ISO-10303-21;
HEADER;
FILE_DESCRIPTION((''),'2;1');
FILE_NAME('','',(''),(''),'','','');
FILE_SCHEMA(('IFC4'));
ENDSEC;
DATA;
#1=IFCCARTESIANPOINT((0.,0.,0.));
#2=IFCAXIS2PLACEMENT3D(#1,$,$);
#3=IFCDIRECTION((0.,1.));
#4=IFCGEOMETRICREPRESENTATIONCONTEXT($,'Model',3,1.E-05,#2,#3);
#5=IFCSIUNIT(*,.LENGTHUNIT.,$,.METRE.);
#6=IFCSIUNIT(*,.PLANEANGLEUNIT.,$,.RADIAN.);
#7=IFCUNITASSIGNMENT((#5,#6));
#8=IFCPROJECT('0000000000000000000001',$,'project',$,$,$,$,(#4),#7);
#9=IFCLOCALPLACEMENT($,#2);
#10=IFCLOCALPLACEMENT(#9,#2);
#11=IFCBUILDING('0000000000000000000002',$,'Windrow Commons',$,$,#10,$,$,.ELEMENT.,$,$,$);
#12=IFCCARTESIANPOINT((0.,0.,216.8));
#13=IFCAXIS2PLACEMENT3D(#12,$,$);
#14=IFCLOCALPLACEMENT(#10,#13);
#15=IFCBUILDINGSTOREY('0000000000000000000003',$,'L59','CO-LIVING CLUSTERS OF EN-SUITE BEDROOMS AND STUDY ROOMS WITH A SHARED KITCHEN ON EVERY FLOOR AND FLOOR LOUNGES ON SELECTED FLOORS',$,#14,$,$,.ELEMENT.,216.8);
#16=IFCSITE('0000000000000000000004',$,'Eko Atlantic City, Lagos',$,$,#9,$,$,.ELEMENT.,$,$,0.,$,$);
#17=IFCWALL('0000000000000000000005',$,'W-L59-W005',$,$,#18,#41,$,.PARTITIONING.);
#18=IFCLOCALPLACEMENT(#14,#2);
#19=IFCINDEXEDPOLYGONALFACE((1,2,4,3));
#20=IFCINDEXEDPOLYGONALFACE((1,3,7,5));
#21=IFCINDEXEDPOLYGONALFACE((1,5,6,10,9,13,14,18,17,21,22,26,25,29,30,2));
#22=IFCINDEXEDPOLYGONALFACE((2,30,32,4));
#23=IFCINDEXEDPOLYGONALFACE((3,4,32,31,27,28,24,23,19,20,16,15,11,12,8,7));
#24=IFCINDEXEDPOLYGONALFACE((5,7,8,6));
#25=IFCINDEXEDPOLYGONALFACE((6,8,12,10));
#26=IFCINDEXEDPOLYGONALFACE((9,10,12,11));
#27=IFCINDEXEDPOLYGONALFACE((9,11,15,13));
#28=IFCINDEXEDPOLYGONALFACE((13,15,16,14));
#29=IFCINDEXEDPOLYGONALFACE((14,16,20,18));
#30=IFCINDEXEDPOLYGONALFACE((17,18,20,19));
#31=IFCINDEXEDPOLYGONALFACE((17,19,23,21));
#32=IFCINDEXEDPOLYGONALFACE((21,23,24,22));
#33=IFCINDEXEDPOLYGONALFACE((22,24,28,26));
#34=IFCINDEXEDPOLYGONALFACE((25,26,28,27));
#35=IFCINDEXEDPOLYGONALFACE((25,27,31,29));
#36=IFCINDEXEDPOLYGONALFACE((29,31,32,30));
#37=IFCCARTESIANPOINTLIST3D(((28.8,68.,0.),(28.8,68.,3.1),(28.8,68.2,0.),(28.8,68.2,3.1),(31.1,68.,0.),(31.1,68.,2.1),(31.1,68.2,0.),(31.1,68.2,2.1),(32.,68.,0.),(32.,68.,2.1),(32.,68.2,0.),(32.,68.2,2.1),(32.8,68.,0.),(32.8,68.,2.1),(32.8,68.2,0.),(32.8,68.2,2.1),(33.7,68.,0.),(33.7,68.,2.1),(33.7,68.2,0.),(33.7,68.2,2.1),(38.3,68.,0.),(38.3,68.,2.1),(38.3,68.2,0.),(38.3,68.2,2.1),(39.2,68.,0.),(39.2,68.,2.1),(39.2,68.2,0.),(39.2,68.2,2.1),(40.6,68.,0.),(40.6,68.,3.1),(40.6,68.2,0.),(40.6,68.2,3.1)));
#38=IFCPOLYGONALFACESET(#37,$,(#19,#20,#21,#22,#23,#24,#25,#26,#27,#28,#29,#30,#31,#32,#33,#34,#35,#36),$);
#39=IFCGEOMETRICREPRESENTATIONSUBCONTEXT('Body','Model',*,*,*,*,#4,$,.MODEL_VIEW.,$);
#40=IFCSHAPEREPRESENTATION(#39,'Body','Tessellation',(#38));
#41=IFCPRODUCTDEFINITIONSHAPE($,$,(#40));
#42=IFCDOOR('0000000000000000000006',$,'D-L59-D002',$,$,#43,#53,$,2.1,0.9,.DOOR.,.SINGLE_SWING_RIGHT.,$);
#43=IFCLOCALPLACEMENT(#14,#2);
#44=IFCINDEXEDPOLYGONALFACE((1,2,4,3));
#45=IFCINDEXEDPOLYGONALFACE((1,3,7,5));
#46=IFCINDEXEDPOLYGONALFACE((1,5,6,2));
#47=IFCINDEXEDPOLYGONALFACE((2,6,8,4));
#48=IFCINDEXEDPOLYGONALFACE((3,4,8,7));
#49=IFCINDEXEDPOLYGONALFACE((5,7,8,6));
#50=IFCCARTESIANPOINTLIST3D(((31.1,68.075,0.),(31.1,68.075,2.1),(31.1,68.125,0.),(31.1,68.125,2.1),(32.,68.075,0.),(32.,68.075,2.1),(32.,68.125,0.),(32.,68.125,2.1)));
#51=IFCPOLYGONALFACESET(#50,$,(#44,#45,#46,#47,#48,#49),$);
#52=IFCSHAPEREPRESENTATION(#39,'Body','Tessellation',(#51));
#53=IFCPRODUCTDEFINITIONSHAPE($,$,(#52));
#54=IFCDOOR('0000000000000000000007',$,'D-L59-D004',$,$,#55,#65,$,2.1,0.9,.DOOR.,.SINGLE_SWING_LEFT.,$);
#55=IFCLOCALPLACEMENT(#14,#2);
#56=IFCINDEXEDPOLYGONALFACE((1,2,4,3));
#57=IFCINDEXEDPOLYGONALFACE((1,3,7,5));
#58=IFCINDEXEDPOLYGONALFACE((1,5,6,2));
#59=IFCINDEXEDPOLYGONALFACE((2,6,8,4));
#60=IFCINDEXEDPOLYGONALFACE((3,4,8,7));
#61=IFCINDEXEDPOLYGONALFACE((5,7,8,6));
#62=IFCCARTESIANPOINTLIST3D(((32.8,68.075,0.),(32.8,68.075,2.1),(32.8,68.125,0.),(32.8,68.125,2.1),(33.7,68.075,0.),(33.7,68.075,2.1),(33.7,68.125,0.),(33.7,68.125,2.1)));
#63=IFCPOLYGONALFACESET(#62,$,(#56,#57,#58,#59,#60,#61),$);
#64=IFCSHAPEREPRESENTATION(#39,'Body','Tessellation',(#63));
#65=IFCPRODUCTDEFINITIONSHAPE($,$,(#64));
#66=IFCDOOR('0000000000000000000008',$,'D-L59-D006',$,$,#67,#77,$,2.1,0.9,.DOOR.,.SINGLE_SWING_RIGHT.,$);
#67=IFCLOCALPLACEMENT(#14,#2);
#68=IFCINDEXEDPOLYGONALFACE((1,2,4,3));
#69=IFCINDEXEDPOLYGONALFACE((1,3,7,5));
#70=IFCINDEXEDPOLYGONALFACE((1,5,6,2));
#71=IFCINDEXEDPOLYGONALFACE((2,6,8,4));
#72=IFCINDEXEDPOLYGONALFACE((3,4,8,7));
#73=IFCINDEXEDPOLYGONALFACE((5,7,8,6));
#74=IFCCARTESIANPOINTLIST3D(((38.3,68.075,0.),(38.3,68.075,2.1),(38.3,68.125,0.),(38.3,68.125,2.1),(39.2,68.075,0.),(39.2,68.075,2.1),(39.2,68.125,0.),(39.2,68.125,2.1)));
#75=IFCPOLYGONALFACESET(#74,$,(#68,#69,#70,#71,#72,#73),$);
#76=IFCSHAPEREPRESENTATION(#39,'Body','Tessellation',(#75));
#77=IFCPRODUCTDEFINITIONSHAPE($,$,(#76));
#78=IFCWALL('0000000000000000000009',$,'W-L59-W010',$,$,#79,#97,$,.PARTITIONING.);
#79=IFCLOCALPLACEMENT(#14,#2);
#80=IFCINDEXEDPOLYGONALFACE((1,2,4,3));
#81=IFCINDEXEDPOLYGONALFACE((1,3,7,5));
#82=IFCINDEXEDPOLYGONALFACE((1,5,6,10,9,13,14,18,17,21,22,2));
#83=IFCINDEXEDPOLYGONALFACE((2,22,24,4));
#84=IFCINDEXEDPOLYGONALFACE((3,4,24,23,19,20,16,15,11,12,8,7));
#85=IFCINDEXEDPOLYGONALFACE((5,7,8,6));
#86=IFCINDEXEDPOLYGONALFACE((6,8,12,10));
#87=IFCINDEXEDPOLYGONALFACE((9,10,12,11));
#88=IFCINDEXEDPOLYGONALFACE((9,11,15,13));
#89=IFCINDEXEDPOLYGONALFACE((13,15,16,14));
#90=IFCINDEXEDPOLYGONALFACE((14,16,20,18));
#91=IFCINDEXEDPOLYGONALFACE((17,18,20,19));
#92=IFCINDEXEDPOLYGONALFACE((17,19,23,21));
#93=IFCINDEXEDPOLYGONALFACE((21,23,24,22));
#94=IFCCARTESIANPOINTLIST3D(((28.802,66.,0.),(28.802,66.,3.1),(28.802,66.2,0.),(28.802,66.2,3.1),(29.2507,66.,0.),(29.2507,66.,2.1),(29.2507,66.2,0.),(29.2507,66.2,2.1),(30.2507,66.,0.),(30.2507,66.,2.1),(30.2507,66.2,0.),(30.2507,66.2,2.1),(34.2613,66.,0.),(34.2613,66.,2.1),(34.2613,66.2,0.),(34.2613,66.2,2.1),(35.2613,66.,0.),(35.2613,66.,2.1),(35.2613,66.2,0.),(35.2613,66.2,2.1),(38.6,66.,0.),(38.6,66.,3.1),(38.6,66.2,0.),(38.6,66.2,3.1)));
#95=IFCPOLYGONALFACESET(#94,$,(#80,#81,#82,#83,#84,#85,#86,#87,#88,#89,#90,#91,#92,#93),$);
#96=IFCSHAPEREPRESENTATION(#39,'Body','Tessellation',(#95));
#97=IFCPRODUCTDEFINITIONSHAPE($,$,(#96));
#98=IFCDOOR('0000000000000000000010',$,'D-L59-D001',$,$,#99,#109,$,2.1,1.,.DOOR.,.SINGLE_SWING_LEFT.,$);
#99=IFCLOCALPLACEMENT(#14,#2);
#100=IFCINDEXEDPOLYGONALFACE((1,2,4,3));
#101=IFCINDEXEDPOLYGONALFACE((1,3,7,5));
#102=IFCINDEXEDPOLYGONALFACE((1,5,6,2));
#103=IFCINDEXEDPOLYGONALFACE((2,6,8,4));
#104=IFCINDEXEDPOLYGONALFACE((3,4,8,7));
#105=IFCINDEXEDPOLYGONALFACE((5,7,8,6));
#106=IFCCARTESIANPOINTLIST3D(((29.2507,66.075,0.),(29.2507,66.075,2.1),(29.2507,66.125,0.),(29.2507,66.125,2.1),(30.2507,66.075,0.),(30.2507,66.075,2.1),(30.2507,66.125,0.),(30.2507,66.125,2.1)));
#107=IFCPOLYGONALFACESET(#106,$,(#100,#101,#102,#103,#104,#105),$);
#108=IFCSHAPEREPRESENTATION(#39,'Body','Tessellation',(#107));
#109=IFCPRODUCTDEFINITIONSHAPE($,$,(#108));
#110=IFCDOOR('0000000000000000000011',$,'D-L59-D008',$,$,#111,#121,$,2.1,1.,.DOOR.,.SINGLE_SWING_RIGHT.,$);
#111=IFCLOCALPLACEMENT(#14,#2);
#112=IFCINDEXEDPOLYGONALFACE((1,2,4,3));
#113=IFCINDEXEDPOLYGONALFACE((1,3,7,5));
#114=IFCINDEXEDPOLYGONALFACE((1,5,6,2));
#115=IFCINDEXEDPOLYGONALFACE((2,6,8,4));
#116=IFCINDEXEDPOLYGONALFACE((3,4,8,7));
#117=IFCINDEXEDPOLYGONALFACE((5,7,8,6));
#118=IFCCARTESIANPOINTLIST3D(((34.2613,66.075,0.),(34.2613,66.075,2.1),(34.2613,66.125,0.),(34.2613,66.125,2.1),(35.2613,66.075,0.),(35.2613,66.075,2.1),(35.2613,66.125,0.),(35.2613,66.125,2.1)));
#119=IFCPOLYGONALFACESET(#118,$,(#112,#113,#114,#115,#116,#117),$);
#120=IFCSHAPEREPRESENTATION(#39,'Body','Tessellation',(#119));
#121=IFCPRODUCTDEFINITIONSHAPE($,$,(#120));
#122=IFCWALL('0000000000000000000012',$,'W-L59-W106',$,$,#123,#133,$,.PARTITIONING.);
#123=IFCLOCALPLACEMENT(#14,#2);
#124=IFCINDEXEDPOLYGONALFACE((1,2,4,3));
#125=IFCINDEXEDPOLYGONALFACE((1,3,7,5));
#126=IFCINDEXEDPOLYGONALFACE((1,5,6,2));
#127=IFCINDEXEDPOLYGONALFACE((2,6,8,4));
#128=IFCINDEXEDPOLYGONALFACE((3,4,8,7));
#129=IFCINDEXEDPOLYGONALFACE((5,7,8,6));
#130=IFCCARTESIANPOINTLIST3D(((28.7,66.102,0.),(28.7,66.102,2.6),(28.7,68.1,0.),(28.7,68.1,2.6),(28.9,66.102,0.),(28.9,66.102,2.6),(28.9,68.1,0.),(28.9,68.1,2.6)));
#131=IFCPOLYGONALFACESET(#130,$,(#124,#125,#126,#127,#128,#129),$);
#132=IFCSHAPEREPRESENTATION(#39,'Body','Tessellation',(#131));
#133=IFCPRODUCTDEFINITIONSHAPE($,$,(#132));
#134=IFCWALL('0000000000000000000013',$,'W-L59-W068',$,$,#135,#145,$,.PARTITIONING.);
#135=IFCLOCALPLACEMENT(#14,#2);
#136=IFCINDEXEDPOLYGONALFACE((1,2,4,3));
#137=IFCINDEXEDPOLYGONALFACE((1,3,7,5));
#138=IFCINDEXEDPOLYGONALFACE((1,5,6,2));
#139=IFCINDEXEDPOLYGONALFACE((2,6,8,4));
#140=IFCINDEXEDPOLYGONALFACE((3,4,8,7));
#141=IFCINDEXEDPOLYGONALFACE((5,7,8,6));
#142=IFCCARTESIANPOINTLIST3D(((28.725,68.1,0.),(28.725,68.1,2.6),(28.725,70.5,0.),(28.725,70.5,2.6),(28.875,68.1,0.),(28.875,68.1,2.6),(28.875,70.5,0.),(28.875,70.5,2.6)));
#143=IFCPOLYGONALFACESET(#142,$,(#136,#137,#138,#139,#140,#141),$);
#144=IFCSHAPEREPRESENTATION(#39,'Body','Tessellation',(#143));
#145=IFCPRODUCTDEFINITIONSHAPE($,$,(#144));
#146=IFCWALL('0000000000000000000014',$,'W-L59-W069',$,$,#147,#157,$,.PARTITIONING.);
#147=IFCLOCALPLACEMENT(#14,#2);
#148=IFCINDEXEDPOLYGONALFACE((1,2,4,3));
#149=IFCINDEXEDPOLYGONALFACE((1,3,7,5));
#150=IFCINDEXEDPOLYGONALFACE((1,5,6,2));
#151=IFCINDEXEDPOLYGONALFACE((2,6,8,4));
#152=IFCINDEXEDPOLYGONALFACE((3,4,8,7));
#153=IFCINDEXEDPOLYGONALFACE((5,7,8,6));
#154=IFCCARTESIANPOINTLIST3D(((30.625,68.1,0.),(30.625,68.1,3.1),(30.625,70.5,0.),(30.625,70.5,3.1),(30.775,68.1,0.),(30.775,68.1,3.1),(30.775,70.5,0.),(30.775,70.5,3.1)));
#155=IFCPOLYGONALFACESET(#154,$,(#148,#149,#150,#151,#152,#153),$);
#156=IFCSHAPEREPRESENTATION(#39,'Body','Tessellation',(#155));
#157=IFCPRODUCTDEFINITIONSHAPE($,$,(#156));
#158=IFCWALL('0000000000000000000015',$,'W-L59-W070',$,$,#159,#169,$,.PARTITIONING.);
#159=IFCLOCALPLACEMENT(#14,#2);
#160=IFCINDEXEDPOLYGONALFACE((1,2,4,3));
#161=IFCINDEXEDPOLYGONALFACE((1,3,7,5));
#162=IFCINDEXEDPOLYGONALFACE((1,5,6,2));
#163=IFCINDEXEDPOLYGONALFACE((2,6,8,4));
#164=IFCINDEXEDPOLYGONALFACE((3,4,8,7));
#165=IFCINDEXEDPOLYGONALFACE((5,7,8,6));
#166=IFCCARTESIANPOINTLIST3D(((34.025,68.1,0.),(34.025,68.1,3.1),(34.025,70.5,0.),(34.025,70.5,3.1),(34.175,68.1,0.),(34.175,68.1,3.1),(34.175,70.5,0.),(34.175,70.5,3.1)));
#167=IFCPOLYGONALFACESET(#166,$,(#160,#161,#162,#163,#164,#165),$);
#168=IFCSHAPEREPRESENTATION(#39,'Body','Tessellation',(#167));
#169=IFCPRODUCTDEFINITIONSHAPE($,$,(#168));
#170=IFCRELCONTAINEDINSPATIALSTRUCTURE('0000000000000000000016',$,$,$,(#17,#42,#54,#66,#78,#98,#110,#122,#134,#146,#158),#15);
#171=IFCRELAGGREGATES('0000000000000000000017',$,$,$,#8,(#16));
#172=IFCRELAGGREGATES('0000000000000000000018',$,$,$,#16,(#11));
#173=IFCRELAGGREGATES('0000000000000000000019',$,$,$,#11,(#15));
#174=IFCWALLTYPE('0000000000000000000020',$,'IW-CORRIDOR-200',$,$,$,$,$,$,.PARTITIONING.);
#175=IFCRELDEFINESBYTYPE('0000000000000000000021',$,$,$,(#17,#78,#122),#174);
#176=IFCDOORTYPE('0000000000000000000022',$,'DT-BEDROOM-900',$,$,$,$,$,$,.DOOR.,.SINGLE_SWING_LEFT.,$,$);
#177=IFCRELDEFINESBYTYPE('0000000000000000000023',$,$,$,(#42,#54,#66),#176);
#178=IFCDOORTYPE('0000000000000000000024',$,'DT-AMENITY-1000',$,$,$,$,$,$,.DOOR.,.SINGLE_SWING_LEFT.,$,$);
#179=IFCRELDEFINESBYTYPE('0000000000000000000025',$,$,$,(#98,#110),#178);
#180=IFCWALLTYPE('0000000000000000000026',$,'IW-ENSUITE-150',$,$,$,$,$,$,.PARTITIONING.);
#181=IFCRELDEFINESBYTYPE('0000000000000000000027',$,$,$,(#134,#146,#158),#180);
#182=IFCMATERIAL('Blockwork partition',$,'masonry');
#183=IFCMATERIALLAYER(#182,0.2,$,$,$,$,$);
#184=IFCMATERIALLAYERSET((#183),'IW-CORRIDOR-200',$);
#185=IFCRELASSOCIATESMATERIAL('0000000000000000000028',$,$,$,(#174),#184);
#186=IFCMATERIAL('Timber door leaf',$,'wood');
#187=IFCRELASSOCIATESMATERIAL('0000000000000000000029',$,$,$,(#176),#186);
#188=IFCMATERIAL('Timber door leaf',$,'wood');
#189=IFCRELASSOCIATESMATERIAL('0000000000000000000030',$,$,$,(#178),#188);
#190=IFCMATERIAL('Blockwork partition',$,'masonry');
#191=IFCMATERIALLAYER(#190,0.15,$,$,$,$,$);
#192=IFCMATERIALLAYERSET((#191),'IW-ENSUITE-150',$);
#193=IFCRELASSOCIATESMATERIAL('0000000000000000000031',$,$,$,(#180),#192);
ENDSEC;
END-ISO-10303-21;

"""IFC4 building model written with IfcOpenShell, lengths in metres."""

from ifc_helpers import new_model, si_unit, direction, frame, frame_2d, origin, place, context, subcontext, project, spatial, rectangle, extrude, material, layer, layer_set, type_object, element, fill, save


model = new_model("IFC4")

# Units and contexts
model_context = context("Model", 3, precision=1e-05, world=origin(), true_north=direction((0.0, 1.0)))
body_context = subcontext(model_context, "Body", "Model", "MODEL_VIEW")
ifc_project = project(units=[si_unit("LENGTHUNIT", "METRE"), si_unit("PLANEANGLEUNIT", "RADIAN")], contexts=[model_context])

# Site, building, storey
site_placement = place(None, origin())
site = spatial("IfcSite", under=ifc_project, at=site_placement, Name="Eko Atlantic City, Lagos", CompositionType="ELEMENT", RefElevation=0.0)
building_placement = place(site_placement, origin())
building = spatial("IfcBuilding", under=site, at=building_placement, Name="Windrow Commons", CompositionType="ELEMENT")
storey_placement = place(building_placement, frame((0.0, 0.0, 216.8)))
storey = spatial("IfcBuildingStorey", under=building, at=storey_placement, Name="L59", Description="CO-LIVING CLUSTERS OF EN-SUITE BEDROOMS AND STUDY ROOMS WITH A SHARED KITCHEN ON EVERY FLOOR AND FLOOR LOUNGES ON SELECTED FLOORS", CompositionType="ELEMENT", Elevation=216.8)

# Walls, openings, doors
ifc_material_1 = material(Name="Blockwork partition", Category="masonry")
ifc_layer_1 = layer(ifc_material_1, 0.2)
ifc_layer_set_1 = layer_set([ifc_layer_1], Name="IW-CORRIDOR-200")
wall_type_1 = type_object("IfcWallType", Name="IW-CORRIDOR-200", PredefinedType="PARTITIONING", material=ifc_layer_set_1)
wall_1_placement = place(storey_placement, frame((28.8, 68.1, 0.0), z_axis=(0.0, 0.0, 1.0), x_axis=(1.0, 0.0, 0.0)))
wall_1 = element("IfcWall", 1, at=wall_1_placement, inside=storey, type_object=wall_type_1, Name="W-L59-W005", PredefinedType="PARTITIONING", context=body_context, shape_type="SweptSolid", body=[
    extrude(rectangle(XDim=11.8, YDim=0.2, at=frame_2d((5.9, 0.0))), origin(), (0.0, 0.0, 1.0), 3.1),
])
opening_1_placement = place(wall_1_placement, frame((2.3, 0.0, 0.0)))
opening_1 = element("IfcOpeningElement", 2, at=opening_1_placement, cuts=wall_1, PredefinedType="OPENING", context=body_context, shape_type="SweptSolid", body=[
    extrude(rectangle(XDim=0.9, YDim=2.1, at=frame_2d((0.45, 1.05))), frame((0.0, 0.11, 0.0), z_axis=(0.0, -1.0, 0.0), x_axis=(1.0, 0.0, 0.0)), (0.0, 0.0, 1.0), 0.22),
])
opening_2_placement = place(wall_1_placement, frame((4.0, 0.0, 0.0)))
opening_2 = element("IfcOpeningElement", 3, at=opening_2_placement, cuts=wall_1, PredefinedType="OPENING", context=body_context, shape_type="SweptSolid", body=[
    extrude(rectangle(XDim=0.9, YDim=2.1, at=frame_2d((0.45, 1.05))), frame((0.0, 0.11, 0.0), z_axis=(0.0, -1.0, 0.0), x_axis=(1.0, 0.0, 0.0)), (0.0, 0.0, 1.0), 0.22),
])
opening_3_placement = place(wall_1_placement, frame((9.5, 0.0, 0.0)))
opening_3 = element("IfcOpeningElement", 4, at=opening_3_placement, cuts=wall_1, PredefinedType="OPENING", context=body_context, shape_type="SweptSolid", body=[
    extrude(rectangle(XDim=0.9, YDim=2.1, at=frame_2d((0.45, 1.05))), frame((0.0, 0.11, 0.0), z_axis=(0.0, -1.0, 0.0), x_axis=(1.0, 0.0, 0.0)), (0.0, 0.0, 1.0), 0.22),
])
ifc_material_2 = material(Name="Timber door leaf", Category="wood")
door_type_1 = type_object("IfcDoorType", Name="DT-BEDROOM-900", OperationType="SINGLE_SWING_LEFT", PredefinedType="DOOR", material=ifc_material_2)
door_1_placement = place(opening_1_placement, origin())
door_1 = element("IfcDoor", 5, at=door_1_placement, inside=storey, type_object=door_type_1, Name="D-L59-D002", OperationType="SINGLE_SWING_RIGHT", OverallHeight=2.1, OverallWidth=0.9, PredefinedType="DOOR", context=body_context, shape_type="SweptSolid", body=[
    extrude(rectangle(XDim=0.9, YDim=2.1, at=frame_2d((0.45, 1.05))), frame((0.0, 0.025, 0.0), z_axis=(0.0, -1.0, 0.0), x_axis=(1.0, 0.0, 0.0)), (0.0, 0.0, 1.0), 0.05),
])
fill(opening_1, door_1)
door_2_placement = place(opening_2_placement, origin())
door_2 = element("IfcDoor", 6, at=door_2_placement, inside=storey, type_object=door_type_1, Name="D-L59-D004", OperationType="SINGLE_SWING_LEFT", OverallHeight=2.1, OverallWidth=0.9, PredefinedType="DOOR", context=body_context, shape_type="SweptSolid", body=[
    extrude(rectangle(XDim=0.9, YDim=2.1, at=frame_2d((0.45, 1.05))), frame((0.0, 0.025, 0.0), z_axis=(0.0, -1.0, 0.0), x_axis=(1.0, 0.0, 0.0)), (0.0, 0.0, 1.0), 0.05),
])
fill(opening_2, door_2)
door_3_placement = place(opening_3_placement, origin())
door_3 = element("IfcDoor", 7, at=door_3_placement, inside=storey, type_object=door_type_1, Name="D-L59-D006", OperationType="SINGLE_SWING_RIGHT", OverallHeight=2.1, OverallWidth=0.9, PredefinedType="DOOR", context=body_context, shape_type="SweptSolid", body=[
    extrude(rectangle(XDim=0.9, YDim=2.1, at=frame_2d((0.45, 1.05))), frame((0.0, 0.025, 0.0), z_axis=(0.0, -1.0, 0.0), x_axis=(1.0, 0.0, 0.0)), (0.0, 0.0, 1.0), 0.05),
])
fill(opening_3, door_3)
wall_2_placement = place(storey_placement, frame((28.802, 66.1, 0.0), z_axis=(0.0, 0.0, 1.0), x_axis=(1.0, 0.0, 0.0)))
wall_2 = element("IfcWall", 8, at=wall_2_placement, inside=storey, type_object=wall_type_1, Name="W-L59-W010", PredefinedType="PARTITIONING", context=body_context, shape_type="SweptSolid", body=[
    extrude(rectangle(XDim=9.798, YDim=0.2, at=frame_2d((4.899, 0.0))), origin(), (0.0, 0.0, 1.0), 3.1),
])
opening_4_placement = place(wall_2_placement, frame((0.4487, 0.0, 0.0)))
opening_4 = element("IfcOpeningElement", 9, at=opening_4_placement, cuts=wall_2, PredefinedType="OPENING", context=body_context, shape_type="SweptSolid", body=[
    extrude(rectangle(XDim=1.0, YDim=2.1, at=frame_2d((0.5, 1.05))), frame((0.0, 0.11, 0.0), z_axis=(0.0, -1.0, 0.0), x_axis=(1.0, 0.0, 0.0)), (0.0, 0.0, 1.0), 0.22),
])
opening_5_placement = place(wall_2_placement, frame((5.4593, 0.0, 0.0)))
opening_5 = element("IfcOpeningElement", 10, at=opening_5_placement, cuts=wall_2, PredefinedType="OPENING", context=body_context, shape_type="SweptSolid", body=[
    extrude(rectangle(XDim=1.0, YDim=2.1, at=frame_2d((0.5, 1.05))), frame((0.0, 0.11, 0.0), z_axis=(0.0, -1.0, 0.0), x_axis=(1.0, 0.0, 0.0)), (0.0, 0.0, 1.0), 0.22),
])
ifc_material_3 = material(Name="Timber door leaf", Category="wood")
door_type_2 = type_object("IfcDoorType", Name="DT-AMENITY-1000", OperationType="SINGLE_SWING_LEFT", PredefinedType="DOOR", material=ifc_material_3)
door_4_placement = place(opening_4_placement, origin())
door_4 = element("IfcDoor", 11, at=door_4_placement, inside=storey, type_object=door_type_2, Name="D-L59-D001", OperationType="SINGLE_SWING_LEFT", OverallHeight=2.1, OverallWidth=1.0, PredefinedType="DOOR", context=body_context, shape_type="SweptSolid", body=[
    extrude(rectangle(XDim=1.0, YDim=2.1, at=frame_2d((0.5, 1.05))), frame((0.0, 0.025, 0.0), z_axis=(0.0, -1.0, 0.0), x_axis=(1.0, 0.0, 0.0)), (0.0, 0.0, 1.0), 0.05),
])
fill(opening_4, door_4)
door_5_placement = place(opening_5_placement, origin())
door_5 = element("IfcDoor", 12, at=door_5_placement, inside=storey, type_object=door_type_2, Name="D-L59-D008", OperationType="SINGLE_SWING_RIGHT", OverallHeight=2.1, OverallWidth=1.0, PredefinedType="DOOR", context=body_context, shape_type="SweptSolid", body=[
    extrude(rectangle(XDim=1.0, YDim=2.1, at=frame_2d((0.5, 1.05))), frame((0.0, 0.025, 0.0), z_axis=(0.0, -1.0, 0.0), x_axis=(1.0, 0.0, 0.0)), (0.0, 0.0, 1.0), 0.05),
])
fill(opening_5, door_5)

# Walls
wall_3_placement = place(storey_placement, frame((28.8, 66.102, 0.0), z_axis=(0.0, 0.0, 1.0), x_axis=(0.0, 1.0, 0.0)))
element("IfcWall", 13, at=wall_3_placement, inside=storey, type_object=wall_type_1, Name="W-L59-W106", PredefinedType="PARTITIONING", context=body_context, shape_type="SweptSolid", body=[
    extrude(rectangle(XDim=1.998, YDim=0.2, at=frame_2d((0.999, 0.0))), origin(), (0.0, 0.0, 1.0), 2.6),
])
ifc_material_4 = material(Name="Blockwork partition", Category="masonry")
ifc_layer_2 = layer(ifc_material_4, 0.15)
ifc_layer_set_2 = layer_set([ifc_layer_2], Name="IW-ENSUITE-150")
wall_type_2 = type_object("IfcWallType", Name="IW-ENSUITE-150", PredefinedType="PARTITIONING", material=ifc_layer_set_2)
wall_4_placement = place(storey_placement, frame((28.8, 68.1, 0.0), z_axis=(0.0, 0.0, 1.0), x_axis=(0.0, 1.0, 0.0)))
element("IfcWall", 14, at=wall_4_placement, inside=storey, type_object=wall_type_2, Name="W-L59-W068", PredefinedType="PARTITIONING", context=body_context, shape_type="SweptSolid", body=[
    extrude(rectangle(XDim=2.4, YDim=0.15, at=frame_2d((1.2, 0.0))), origin(), (0.0, 0.0, 1.0), 2.6),
])
for number, where, z_axis, x_axis, name in (
    (15, (30.7, 68.1, 0.0), (0.0, 0.0, 1.0), (0.0, 1.0, 0.0), "W-L59-W069"),
    (16, (34.1, 68.1, 0.0), (0.0, 0.0, 1.0), (0.0, 1.0, 0.0), "W-L59-W070"),
):
    element("IfcWall", number, at=place(storey_placement, frame(where, z_axis=z_axis, x_axis=x_axis)), inside=storey, type_object=wall_type_2, Name=name, PredefinedType="PARTITIONING", context=body_context, shape_type="SweptSolid", body=[
        extrude(rectangle(XDim=2.4, YDim=0.15, at=frame_2d((1.2, 0.0))), origin(), (0.0, 0.0, 1.0), 3.1),
    ])

save(model, "model.ifc")
